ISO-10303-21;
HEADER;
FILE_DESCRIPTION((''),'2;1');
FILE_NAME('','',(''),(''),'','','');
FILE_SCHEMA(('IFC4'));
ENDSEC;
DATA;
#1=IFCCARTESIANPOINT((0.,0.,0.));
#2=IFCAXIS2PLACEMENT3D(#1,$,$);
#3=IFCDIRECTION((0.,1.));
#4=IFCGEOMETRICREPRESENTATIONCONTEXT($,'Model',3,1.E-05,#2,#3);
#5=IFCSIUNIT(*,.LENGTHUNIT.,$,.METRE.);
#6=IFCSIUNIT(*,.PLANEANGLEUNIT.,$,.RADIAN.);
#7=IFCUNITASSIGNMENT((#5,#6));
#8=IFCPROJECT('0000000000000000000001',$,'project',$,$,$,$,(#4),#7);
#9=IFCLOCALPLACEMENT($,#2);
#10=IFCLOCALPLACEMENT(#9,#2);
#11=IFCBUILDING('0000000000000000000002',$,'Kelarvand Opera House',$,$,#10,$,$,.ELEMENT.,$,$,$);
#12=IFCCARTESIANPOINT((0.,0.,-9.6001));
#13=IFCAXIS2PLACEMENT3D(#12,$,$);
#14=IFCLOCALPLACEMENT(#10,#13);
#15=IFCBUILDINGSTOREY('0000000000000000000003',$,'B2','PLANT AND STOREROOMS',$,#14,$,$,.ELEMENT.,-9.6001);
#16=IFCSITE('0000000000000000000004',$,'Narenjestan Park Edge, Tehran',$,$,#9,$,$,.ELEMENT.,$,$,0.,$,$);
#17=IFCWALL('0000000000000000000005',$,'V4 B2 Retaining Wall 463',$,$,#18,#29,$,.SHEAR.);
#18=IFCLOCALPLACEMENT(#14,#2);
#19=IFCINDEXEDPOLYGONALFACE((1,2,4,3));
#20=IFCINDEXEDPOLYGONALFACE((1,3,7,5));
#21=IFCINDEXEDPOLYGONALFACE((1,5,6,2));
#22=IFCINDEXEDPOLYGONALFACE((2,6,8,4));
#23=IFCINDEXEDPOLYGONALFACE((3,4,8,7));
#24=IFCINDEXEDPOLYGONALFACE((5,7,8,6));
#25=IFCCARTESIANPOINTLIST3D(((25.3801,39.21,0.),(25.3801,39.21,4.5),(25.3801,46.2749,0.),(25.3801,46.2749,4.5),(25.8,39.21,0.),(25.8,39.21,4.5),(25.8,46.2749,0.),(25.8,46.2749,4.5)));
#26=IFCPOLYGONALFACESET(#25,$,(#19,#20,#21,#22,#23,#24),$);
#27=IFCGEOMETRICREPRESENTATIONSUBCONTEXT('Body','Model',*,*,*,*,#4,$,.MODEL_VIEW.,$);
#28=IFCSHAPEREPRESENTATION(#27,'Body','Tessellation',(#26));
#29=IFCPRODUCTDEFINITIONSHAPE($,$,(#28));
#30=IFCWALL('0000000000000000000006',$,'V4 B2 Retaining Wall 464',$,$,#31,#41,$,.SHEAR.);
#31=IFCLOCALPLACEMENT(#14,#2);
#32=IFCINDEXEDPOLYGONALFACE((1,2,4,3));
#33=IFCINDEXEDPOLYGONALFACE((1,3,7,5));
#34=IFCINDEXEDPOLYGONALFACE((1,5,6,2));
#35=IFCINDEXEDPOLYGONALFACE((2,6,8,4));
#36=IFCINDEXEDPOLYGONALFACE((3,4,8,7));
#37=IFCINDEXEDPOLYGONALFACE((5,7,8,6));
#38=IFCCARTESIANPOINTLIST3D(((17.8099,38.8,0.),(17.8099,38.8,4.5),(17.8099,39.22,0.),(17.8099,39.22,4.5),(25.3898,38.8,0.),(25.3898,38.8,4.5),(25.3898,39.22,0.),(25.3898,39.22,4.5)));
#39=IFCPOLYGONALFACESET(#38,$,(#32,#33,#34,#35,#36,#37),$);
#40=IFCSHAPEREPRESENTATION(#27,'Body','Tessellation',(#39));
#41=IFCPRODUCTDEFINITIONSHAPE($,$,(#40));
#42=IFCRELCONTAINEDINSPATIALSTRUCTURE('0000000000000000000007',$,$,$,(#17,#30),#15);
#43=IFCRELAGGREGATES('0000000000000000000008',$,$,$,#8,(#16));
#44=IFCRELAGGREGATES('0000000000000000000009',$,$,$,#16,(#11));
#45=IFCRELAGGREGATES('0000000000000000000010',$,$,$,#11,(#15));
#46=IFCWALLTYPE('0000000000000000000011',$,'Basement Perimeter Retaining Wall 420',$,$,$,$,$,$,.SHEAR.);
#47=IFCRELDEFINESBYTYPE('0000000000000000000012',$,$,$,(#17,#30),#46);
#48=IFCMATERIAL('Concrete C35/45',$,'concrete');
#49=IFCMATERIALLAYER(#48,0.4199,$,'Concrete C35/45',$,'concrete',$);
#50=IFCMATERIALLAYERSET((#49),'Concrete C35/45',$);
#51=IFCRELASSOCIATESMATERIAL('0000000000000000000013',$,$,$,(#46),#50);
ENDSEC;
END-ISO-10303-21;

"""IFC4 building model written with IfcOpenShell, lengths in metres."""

from ifc_helpers import new_model, si_unit, direction, frame, frame_2d, origin, place, context, subcontext, project, spatial, rectangle, extrude, material, layer, layer_set, type_object, element, save


model = new_model("IFC4")

# Units and contexts
model_context = context("Model", 3, precision=1e-05, world=origin(), true_north=direction((0.0, 1.0)))
body_context = subcontext(model_context, "Body", "Model", "MODEL_VIEW")
ifc_project = project(units=[si_unit("LENGTHUNIT", "METRE"), si_unit("PLANEANGLEUNIT", "RADIAN")], contexts=[model_context])

# Site, building, storey
site_placement = place(None, origin())
site = spatial("IfcSite", under=ifc_project, at=site_placement, Name="Narenjestan Park Edge, Tehran", CompositionType="ELEMENT", RefElevation=0.0)
building_placement = place(site_placement, origin())
building = spatial("IfcBuilding", under=site, at=building_placement, Name="Kelarvand Opera House", CompositionType="ELEMENT")
storey_placement = place(building_placement, frame((0.0, 0.0, -9.6001)))
storey = spatial("IfcBuildingStorey", under=building, at=storey_placement, Name="B2", Description="PLANT AND STOREROOMS", CompositionType="ELEMENT", Elevation=-9.6001)

# Walls
ifc_material_1 = material(Name="Concrete C35/45", Category="concrete")
ifc_layer = layer(ifc_material_1, 0.4199, Name="Concrete C35/45", Category="concrete")
ifc_layer_set = layer_set([ifc_layer], Name="Concrete C35/45")
wall_type = type_object("IfcWallType", Name="Basement Perimeter Retaining Wall 420", PredefinedType="SHEAR", material=ifc_layer_set)
wall_1_placement = place(storey_placement, frame((25.5901, 46.2749, 0.0), z_axis=(0.0, 0.0, 1.0), x_axis=(0.0, -1.0, 0.0)))
element("IfcWall", 1, at=wall_1_placement, inside=storey, type_object=wall_type, Name="V4 B2 Retaining Wall 463", PredefinedType="SHEAR", context=body_context, shape_type="SweptSolid", body=[
    extrude(rectangle(XDim=7.0649, YDim=0.4199, at=frame_2d((3.5325, 0.0))), origin(), (0.0, 0.0, 1.0), 4.5),
])
wall_2_placement = place(storey_placement, frame((25.3899, 39.01, 0.0), z_axis=(0.0, 0.0, 1.0), x_axis=(-1.0, 0.0, 0.0)))
element("IfcWall", 2, at=wall_2_placement, inside=storey, type_object=wall_type, Name="V4 B2 Retaining Wall 464", PredefinedType="SHEAR", context=body_context, shape_type="SweptSolid", body=[
    extrude(rectangle(XDim=7.5798, YDim=0.4199, at=frame_2d((3.79, 0.0))), origin(), (0.0, 0.0, 1.0), 4.5),
])

save(model, "model.ifc")
